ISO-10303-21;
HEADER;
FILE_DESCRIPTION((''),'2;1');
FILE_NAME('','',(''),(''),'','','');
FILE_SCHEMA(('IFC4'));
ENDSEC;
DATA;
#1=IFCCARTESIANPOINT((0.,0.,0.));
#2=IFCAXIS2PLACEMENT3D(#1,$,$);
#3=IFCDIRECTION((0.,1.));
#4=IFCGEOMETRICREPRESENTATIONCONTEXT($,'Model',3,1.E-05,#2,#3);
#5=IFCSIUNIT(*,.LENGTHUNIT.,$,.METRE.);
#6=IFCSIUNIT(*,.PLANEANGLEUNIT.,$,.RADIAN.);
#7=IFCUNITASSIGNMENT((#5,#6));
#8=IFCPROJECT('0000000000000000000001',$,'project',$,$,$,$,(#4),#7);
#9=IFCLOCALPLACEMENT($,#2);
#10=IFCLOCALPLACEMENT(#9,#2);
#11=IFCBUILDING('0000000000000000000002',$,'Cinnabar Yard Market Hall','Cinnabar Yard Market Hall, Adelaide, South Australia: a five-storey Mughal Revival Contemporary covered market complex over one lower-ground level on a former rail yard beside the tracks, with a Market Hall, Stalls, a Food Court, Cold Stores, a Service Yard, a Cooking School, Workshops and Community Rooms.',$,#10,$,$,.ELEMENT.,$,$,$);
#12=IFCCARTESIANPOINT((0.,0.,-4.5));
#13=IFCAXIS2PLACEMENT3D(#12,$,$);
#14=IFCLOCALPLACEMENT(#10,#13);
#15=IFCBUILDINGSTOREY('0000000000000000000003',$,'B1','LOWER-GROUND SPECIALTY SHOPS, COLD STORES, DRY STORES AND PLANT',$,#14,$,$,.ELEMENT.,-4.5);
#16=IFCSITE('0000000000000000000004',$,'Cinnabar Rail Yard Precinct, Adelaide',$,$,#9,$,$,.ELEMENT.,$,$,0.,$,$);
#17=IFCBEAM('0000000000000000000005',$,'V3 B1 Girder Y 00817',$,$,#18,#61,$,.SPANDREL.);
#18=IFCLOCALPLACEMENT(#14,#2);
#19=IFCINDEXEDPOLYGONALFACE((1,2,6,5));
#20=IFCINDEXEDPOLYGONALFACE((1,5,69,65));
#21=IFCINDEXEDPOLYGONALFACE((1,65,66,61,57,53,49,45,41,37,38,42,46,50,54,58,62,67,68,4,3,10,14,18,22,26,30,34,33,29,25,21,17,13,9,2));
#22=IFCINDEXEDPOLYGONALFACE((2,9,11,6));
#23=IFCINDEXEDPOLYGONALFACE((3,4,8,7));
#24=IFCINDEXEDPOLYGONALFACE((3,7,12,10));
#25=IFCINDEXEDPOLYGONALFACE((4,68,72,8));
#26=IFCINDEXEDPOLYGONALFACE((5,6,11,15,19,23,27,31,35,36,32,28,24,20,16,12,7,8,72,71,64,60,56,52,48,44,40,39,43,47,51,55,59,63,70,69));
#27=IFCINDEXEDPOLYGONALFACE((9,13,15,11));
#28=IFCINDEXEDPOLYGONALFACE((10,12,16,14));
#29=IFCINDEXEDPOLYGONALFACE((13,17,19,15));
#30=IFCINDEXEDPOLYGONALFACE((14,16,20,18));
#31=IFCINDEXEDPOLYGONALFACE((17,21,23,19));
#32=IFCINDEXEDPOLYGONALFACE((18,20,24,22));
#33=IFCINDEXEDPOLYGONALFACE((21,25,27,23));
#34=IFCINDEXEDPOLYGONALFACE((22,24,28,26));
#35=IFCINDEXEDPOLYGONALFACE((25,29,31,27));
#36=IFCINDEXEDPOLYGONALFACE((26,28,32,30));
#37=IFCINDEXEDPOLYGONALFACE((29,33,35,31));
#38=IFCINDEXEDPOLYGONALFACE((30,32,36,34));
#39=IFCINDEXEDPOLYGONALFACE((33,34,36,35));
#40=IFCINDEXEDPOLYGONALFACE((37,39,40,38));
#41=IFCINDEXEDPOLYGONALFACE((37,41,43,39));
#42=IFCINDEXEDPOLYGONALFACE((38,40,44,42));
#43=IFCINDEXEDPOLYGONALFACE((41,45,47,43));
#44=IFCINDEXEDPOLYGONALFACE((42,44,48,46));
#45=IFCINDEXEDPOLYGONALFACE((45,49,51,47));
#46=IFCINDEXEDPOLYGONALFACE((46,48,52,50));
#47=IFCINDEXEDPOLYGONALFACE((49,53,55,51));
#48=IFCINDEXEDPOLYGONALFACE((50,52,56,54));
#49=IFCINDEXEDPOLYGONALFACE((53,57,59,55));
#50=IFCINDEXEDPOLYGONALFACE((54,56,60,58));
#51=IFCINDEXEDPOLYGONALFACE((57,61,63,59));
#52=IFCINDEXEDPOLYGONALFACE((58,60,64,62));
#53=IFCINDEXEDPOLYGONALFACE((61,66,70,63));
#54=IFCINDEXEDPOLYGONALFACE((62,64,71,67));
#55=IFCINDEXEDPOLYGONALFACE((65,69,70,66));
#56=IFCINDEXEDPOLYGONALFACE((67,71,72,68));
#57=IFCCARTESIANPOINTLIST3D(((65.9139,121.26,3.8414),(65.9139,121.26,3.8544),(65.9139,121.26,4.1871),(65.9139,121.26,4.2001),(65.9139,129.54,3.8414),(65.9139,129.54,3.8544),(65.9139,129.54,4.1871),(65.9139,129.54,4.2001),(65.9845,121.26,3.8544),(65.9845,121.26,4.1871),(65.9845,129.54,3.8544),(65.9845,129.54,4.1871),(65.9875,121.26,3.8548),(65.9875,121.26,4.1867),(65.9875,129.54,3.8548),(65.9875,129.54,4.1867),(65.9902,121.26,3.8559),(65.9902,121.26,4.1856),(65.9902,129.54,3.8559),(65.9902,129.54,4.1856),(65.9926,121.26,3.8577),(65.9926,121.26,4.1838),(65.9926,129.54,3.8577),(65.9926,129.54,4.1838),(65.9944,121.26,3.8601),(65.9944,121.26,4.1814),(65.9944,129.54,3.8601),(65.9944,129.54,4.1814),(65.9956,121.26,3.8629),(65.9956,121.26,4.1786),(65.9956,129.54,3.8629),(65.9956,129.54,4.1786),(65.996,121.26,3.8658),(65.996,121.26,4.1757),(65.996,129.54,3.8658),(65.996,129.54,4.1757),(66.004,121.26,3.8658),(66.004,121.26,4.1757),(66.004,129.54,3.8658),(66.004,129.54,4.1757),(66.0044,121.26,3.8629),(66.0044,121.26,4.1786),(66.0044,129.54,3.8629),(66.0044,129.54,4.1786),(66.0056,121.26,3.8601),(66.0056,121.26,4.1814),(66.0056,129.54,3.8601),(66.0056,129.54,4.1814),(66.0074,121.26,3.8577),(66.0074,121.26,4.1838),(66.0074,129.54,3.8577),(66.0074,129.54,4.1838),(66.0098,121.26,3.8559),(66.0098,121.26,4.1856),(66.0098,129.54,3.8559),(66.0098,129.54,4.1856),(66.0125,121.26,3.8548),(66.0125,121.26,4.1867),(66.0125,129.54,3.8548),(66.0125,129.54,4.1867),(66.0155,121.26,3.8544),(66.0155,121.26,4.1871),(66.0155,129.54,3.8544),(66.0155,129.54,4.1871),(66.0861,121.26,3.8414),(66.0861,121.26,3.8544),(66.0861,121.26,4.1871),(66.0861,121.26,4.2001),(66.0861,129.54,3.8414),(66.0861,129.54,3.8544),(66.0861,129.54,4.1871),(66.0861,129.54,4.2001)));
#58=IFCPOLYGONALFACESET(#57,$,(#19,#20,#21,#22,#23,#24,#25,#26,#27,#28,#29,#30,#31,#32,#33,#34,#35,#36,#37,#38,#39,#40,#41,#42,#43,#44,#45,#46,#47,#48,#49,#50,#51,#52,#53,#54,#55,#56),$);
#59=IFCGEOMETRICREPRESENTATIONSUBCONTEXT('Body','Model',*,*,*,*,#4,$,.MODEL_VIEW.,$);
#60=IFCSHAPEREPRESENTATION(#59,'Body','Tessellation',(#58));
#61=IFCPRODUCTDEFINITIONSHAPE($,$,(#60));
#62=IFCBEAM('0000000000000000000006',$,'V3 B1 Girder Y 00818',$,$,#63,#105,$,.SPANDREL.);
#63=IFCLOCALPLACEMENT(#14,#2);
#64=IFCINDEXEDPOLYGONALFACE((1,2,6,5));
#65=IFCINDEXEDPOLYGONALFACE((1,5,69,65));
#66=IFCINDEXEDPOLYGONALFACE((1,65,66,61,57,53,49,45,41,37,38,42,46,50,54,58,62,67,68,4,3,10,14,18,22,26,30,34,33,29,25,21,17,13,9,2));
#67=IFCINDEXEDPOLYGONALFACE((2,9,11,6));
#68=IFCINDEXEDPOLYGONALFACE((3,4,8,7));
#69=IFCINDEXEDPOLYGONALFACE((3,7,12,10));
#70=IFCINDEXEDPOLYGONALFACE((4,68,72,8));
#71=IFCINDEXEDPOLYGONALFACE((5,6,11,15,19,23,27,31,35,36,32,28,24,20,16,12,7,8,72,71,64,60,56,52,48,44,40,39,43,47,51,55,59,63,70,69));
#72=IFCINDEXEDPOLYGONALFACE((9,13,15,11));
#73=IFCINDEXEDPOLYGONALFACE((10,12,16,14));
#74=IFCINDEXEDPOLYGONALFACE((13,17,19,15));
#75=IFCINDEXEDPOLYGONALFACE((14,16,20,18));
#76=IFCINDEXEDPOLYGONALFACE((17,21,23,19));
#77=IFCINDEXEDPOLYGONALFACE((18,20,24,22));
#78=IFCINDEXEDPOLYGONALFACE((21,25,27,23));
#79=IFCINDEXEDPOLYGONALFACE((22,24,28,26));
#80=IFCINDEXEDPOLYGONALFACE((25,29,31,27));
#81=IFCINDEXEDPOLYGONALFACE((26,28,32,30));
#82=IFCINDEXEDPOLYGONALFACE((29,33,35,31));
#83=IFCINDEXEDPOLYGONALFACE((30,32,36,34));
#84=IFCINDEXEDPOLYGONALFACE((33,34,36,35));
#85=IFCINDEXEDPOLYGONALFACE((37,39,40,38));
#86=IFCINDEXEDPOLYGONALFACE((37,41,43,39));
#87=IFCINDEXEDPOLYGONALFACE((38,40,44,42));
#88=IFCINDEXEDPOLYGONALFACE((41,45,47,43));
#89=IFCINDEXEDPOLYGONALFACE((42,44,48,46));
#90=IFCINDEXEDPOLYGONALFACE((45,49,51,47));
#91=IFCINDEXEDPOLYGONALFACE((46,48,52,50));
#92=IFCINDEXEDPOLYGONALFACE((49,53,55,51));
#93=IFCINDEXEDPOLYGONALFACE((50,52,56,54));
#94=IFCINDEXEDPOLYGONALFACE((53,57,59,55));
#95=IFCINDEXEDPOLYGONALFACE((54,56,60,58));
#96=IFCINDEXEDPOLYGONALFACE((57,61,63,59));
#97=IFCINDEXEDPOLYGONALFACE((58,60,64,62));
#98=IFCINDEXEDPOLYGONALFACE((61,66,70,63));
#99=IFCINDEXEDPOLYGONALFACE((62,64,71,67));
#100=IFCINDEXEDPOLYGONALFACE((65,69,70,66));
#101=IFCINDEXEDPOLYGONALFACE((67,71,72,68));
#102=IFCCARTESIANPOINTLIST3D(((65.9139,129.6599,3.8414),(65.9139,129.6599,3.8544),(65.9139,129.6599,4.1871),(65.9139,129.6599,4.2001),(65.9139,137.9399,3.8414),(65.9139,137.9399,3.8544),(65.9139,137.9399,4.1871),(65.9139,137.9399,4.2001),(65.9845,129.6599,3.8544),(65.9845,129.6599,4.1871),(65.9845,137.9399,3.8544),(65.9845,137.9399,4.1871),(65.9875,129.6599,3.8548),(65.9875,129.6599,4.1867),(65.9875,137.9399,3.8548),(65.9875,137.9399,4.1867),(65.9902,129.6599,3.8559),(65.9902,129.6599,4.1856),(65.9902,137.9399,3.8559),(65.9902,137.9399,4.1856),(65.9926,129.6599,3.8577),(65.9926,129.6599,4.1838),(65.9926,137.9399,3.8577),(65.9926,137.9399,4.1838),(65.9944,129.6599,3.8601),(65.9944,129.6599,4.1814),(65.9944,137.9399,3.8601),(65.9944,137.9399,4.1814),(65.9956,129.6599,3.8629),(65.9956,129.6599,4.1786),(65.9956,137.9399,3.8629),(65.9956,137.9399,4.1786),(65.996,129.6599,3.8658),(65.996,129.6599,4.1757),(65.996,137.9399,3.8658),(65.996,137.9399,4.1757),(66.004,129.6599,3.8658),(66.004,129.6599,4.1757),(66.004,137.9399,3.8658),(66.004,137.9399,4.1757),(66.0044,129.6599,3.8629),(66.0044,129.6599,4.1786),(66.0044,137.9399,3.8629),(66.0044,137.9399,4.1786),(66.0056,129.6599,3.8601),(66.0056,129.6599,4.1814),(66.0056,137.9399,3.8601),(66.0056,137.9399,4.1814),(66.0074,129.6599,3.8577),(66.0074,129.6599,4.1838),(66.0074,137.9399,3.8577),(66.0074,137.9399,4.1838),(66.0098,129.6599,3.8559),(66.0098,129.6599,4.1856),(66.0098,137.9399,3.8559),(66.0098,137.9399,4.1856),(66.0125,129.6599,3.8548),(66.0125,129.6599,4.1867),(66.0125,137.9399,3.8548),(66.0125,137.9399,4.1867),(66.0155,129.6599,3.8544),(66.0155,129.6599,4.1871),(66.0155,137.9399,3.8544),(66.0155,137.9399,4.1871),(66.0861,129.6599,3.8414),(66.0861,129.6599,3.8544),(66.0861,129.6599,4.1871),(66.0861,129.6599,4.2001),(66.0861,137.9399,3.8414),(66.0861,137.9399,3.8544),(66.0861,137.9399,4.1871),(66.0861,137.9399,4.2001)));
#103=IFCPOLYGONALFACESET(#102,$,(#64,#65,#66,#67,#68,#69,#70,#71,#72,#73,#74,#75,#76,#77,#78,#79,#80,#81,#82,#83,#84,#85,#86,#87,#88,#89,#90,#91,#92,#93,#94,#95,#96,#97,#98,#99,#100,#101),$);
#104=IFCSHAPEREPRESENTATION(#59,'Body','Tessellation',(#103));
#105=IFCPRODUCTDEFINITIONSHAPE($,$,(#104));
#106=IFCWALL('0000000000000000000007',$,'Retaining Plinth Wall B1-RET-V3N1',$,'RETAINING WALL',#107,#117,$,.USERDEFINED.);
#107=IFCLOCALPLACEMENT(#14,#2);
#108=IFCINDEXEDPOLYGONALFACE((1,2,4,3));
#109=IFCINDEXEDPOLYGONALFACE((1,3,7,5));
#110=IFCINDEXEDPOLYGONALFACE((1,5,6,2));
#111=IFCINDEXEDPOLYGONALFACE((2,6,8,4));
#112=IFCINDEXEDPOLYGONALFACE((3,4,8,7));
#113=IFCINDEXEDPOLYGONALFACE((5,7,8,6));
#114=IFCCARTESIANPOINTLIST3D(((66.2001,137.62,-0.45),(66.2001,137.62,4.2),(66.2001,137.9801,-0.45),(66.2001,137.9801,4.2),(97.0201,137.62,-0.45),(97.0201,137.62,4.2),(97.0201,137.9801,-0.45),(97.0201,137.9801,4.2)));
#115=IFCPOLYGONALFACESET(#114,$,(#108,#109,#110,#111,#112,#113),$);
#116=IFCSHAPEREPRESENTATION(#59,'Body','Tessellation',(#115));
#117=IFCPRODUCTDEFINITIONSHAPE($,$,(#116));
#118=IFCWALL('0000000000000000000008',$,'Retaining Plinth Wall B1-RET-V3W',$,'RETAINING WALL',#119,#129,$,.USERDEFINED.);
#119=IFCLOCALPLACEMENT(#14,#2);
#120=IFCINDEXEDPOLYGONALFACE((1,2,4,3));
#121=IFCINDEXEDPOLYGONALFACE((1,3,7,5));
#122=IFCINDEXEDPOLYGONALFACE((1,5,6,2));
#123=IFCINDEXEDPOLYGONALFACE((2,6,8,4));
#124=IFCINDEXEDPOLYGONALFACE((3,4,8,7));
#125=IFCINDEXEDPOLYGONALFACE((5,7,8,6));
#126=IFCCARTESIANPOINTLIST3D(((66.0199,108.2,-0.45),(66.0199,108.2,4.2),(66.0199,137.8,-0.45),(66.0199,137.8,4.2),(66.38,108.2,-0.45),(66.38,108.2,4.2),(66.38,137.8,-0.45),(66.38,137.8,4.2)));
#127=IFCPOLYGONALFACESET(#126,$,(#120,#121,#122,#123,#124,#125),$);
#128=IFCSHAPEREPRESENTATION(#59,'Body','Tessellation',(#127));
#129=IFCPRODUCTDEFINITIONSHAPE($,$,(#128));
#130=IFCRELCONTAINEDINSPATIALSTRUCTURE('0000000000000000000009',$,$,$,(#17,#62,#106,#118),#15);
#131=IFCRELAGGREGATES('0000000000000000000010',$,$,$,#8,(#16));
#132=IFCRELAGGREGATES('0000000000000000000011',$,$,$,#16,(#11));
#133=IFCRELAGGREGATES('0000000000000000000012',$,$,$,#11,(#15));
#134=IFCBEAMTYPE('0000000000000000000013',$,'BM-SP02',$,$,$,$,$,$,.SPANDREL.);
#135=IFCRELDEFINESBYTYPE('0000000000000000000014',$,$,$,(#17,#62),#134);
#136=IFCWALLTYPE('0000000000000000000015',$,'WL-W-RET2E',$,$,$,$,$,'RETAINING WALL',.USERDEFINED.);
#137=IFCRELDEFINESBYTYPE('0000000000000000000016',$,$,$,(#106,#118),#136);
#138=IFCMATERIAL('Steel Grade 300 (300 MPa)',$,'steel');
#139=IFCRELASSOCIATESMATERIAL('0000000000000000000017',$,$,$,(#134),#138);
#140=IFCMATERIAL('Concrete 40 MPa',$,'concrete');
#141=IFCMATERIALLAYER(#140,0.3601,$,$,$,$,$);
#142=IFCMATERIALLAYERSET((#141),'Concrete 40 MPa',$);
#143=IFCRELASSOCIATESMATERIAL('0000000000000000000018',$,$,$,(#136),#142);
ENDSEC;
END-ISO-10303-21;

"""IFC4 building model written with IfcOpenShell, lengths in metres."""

from ifc_helpers import new_model, si_unit, direction, frame, frame_2d, origin, origin_2d_with_axis, place, context, subcontext, project, spatial, rectangle, i_section, extrude, material, layer, layer_set, material_profile, profile_set, type_object, element, save


model = new_model("IFC4")

# Units and contexts
model_context = context("Model", 3, precision=1e-05, world=origin(), true_north=direction((0.0, 1.0)))
body_context = subcontext(model_context, "Body", "Model", "MODEL_VIEW")
ifc_project = project(units=[si_unit("LENGTHUNIT", "METRE"), si_unit("PLANEANGLEUNIT", "RADIAN")], contexts=[model_context])

# Site, building, storey
site_placement = place(None, origin())
site = spatial("IfcSite", under=ifc_project, at=site_placement, Name="Cinnabar Rail Yard Precinct, Adelaide", CompositionType="ELEMENT", RefElevation=0.0)
building_placement = place(site_placement, origin())
building = spatial("IfcBuilding", under=site, at=building_placement, Name="Cinnabar Yard Market Hall", Description="Cinnabar Yard Market Hall, Adelaide, South Australia: a five-storey Mughal Revival Contemporary covered market complex over one lower-ground level on a former rail yard beside the tracks, with a Market Hall, Stalls, a Food Court, Cold Stores, a Service Yard, a Cooking School, Workshops and Community Rooms.", CompositionType="ELEMENT")
storey_placement = place(building_placement, frame((0.0, 0.0, -4.5)))
storey = spatial("IfcBuildingStorey", under=building, at=storey_placement, Name="B1", Description="LOWER-GROUND SPECIALTY SHOPS, COLD STORES, DRY STORES AND PLANT", CompositionType="ELEMENT", Elevation=-4.5)

# Shared definitions
ifc_material_1 = material(Name="Concrete 40 MPa", Category="concrete")

# Shared definitions
ifc_material_2 = material(Name="Steel Grade 300 (300 MPa)", Category="steel")

# Beams
ifc_material_profile_1 = material_profile(ifc_material_2, i_section(OverallWidth=0.1721, OverallDepth=0.3586, WebThickness=0.0081, FlangeThickness=0.0129, FilletRadius=0.0115, at=origin_2d_with_axis()), Name="360UB56.7")
ifc_profile_set_1 = profile_set([ifc_material_profile_1], Name="Steel Grade 300 (300 MPa)")
beam_type_1 = type_object("IfcBeamType", Name="BM-SP02", PredefinedType="SPANDREL", material=ifc_profile_set_1)
for number, where, z_axis, x_axis, name in (
    (1, (66.0, 121.26, 4.0208), (0.0, 1.0, 0.0), (-1.0, 0.0, 0.0), "V3 B1 Girder Y 00817"),
    (2, (66.0, 129.6599, 4.0208), (0.0, 1.0, 0.0), (-1.0, 0.0, 0.0), "V3 B1 Girder Y 00818"),
):
    element("IfcBeam", number, at=place(storey_placement, frame(where, z_axis=z_axis, x_axis=x_axis)), inside=storey, type_object=beam_type_1, Name=name, PredefinedType="SPANDREL", context=body_context, shape_type="SweptSolid", body=[
        extrude(i_section(OverallWidth=0.1721, OverallDepth=0.3586, WebThickness=0.0081, FlangeThickness=0.0129, FilletRadius=0.0115, at=origin_2d_with_axis()), origin(), (0.0, 0.0, 1.0), 8.28),
    ])

# Walls
ifc_layer_1 = layer(ifc_material_1, 0.3601)
ifc_layer_set_1 = layer_set([ifc_layer_1], Name="Concrete 40 MPa")
wall_type = type_object("IfcWallType", Name="WL-W-RET2E", ElementType="RETAINING WALL", PredefinedType="USERDEFINED", material=ifc_layer_set_1)
wall_1_placement = place(storey_placement, frame((66.2, 137.8, -0.45), z_axis=(0.0, 0.0, 1.0), x_axis=(1.0, 0.0, 0.0)))
element("IfcWall", 3, at=wall_1_placement, inside=storey, type_object=wall_type, Name="Retaining Plinth Wall B1-RET-V3N1", ObjectType="RETAINING WALL", PredefinedType="USERDEFINED", context=body_context, shape_type="SweptSolid", body=[
    extrude(rectangle(XDim=30.8201, YDim=0.3601, at=frame_2d((15.4102, 0.0), x_axis=(1.0, 0.0))), origin(), (0.0, 0.0, 1.0), 4.6499),
])
wall_2_placement = place(storey_placement, frame((66.2, 137.8, -0.45), z_axis=(0.0, 0.0, 1.0), x_axis=(0.0, -1.0, 0.0)))
element("IfcWall", 4, at=wall_2_placement, inside=storey, type_object=wall_type, Name="Retaining Plinth Wall B1-RET-V3W", ObjectType="RETAINING WALL", PredefinedType="USERDEFINED", context=body_context, shape_type="SweptSolid", body=[
    extrude(rectangle(XDim=29.6001, YDim=0.3601, at=frame_2d((14.8, 0.0), x_axis=(1.0, 0.0))), origin(), (0.0, 0.0, 1.0), 4.6499),
])

save(model, "model.ifc")
